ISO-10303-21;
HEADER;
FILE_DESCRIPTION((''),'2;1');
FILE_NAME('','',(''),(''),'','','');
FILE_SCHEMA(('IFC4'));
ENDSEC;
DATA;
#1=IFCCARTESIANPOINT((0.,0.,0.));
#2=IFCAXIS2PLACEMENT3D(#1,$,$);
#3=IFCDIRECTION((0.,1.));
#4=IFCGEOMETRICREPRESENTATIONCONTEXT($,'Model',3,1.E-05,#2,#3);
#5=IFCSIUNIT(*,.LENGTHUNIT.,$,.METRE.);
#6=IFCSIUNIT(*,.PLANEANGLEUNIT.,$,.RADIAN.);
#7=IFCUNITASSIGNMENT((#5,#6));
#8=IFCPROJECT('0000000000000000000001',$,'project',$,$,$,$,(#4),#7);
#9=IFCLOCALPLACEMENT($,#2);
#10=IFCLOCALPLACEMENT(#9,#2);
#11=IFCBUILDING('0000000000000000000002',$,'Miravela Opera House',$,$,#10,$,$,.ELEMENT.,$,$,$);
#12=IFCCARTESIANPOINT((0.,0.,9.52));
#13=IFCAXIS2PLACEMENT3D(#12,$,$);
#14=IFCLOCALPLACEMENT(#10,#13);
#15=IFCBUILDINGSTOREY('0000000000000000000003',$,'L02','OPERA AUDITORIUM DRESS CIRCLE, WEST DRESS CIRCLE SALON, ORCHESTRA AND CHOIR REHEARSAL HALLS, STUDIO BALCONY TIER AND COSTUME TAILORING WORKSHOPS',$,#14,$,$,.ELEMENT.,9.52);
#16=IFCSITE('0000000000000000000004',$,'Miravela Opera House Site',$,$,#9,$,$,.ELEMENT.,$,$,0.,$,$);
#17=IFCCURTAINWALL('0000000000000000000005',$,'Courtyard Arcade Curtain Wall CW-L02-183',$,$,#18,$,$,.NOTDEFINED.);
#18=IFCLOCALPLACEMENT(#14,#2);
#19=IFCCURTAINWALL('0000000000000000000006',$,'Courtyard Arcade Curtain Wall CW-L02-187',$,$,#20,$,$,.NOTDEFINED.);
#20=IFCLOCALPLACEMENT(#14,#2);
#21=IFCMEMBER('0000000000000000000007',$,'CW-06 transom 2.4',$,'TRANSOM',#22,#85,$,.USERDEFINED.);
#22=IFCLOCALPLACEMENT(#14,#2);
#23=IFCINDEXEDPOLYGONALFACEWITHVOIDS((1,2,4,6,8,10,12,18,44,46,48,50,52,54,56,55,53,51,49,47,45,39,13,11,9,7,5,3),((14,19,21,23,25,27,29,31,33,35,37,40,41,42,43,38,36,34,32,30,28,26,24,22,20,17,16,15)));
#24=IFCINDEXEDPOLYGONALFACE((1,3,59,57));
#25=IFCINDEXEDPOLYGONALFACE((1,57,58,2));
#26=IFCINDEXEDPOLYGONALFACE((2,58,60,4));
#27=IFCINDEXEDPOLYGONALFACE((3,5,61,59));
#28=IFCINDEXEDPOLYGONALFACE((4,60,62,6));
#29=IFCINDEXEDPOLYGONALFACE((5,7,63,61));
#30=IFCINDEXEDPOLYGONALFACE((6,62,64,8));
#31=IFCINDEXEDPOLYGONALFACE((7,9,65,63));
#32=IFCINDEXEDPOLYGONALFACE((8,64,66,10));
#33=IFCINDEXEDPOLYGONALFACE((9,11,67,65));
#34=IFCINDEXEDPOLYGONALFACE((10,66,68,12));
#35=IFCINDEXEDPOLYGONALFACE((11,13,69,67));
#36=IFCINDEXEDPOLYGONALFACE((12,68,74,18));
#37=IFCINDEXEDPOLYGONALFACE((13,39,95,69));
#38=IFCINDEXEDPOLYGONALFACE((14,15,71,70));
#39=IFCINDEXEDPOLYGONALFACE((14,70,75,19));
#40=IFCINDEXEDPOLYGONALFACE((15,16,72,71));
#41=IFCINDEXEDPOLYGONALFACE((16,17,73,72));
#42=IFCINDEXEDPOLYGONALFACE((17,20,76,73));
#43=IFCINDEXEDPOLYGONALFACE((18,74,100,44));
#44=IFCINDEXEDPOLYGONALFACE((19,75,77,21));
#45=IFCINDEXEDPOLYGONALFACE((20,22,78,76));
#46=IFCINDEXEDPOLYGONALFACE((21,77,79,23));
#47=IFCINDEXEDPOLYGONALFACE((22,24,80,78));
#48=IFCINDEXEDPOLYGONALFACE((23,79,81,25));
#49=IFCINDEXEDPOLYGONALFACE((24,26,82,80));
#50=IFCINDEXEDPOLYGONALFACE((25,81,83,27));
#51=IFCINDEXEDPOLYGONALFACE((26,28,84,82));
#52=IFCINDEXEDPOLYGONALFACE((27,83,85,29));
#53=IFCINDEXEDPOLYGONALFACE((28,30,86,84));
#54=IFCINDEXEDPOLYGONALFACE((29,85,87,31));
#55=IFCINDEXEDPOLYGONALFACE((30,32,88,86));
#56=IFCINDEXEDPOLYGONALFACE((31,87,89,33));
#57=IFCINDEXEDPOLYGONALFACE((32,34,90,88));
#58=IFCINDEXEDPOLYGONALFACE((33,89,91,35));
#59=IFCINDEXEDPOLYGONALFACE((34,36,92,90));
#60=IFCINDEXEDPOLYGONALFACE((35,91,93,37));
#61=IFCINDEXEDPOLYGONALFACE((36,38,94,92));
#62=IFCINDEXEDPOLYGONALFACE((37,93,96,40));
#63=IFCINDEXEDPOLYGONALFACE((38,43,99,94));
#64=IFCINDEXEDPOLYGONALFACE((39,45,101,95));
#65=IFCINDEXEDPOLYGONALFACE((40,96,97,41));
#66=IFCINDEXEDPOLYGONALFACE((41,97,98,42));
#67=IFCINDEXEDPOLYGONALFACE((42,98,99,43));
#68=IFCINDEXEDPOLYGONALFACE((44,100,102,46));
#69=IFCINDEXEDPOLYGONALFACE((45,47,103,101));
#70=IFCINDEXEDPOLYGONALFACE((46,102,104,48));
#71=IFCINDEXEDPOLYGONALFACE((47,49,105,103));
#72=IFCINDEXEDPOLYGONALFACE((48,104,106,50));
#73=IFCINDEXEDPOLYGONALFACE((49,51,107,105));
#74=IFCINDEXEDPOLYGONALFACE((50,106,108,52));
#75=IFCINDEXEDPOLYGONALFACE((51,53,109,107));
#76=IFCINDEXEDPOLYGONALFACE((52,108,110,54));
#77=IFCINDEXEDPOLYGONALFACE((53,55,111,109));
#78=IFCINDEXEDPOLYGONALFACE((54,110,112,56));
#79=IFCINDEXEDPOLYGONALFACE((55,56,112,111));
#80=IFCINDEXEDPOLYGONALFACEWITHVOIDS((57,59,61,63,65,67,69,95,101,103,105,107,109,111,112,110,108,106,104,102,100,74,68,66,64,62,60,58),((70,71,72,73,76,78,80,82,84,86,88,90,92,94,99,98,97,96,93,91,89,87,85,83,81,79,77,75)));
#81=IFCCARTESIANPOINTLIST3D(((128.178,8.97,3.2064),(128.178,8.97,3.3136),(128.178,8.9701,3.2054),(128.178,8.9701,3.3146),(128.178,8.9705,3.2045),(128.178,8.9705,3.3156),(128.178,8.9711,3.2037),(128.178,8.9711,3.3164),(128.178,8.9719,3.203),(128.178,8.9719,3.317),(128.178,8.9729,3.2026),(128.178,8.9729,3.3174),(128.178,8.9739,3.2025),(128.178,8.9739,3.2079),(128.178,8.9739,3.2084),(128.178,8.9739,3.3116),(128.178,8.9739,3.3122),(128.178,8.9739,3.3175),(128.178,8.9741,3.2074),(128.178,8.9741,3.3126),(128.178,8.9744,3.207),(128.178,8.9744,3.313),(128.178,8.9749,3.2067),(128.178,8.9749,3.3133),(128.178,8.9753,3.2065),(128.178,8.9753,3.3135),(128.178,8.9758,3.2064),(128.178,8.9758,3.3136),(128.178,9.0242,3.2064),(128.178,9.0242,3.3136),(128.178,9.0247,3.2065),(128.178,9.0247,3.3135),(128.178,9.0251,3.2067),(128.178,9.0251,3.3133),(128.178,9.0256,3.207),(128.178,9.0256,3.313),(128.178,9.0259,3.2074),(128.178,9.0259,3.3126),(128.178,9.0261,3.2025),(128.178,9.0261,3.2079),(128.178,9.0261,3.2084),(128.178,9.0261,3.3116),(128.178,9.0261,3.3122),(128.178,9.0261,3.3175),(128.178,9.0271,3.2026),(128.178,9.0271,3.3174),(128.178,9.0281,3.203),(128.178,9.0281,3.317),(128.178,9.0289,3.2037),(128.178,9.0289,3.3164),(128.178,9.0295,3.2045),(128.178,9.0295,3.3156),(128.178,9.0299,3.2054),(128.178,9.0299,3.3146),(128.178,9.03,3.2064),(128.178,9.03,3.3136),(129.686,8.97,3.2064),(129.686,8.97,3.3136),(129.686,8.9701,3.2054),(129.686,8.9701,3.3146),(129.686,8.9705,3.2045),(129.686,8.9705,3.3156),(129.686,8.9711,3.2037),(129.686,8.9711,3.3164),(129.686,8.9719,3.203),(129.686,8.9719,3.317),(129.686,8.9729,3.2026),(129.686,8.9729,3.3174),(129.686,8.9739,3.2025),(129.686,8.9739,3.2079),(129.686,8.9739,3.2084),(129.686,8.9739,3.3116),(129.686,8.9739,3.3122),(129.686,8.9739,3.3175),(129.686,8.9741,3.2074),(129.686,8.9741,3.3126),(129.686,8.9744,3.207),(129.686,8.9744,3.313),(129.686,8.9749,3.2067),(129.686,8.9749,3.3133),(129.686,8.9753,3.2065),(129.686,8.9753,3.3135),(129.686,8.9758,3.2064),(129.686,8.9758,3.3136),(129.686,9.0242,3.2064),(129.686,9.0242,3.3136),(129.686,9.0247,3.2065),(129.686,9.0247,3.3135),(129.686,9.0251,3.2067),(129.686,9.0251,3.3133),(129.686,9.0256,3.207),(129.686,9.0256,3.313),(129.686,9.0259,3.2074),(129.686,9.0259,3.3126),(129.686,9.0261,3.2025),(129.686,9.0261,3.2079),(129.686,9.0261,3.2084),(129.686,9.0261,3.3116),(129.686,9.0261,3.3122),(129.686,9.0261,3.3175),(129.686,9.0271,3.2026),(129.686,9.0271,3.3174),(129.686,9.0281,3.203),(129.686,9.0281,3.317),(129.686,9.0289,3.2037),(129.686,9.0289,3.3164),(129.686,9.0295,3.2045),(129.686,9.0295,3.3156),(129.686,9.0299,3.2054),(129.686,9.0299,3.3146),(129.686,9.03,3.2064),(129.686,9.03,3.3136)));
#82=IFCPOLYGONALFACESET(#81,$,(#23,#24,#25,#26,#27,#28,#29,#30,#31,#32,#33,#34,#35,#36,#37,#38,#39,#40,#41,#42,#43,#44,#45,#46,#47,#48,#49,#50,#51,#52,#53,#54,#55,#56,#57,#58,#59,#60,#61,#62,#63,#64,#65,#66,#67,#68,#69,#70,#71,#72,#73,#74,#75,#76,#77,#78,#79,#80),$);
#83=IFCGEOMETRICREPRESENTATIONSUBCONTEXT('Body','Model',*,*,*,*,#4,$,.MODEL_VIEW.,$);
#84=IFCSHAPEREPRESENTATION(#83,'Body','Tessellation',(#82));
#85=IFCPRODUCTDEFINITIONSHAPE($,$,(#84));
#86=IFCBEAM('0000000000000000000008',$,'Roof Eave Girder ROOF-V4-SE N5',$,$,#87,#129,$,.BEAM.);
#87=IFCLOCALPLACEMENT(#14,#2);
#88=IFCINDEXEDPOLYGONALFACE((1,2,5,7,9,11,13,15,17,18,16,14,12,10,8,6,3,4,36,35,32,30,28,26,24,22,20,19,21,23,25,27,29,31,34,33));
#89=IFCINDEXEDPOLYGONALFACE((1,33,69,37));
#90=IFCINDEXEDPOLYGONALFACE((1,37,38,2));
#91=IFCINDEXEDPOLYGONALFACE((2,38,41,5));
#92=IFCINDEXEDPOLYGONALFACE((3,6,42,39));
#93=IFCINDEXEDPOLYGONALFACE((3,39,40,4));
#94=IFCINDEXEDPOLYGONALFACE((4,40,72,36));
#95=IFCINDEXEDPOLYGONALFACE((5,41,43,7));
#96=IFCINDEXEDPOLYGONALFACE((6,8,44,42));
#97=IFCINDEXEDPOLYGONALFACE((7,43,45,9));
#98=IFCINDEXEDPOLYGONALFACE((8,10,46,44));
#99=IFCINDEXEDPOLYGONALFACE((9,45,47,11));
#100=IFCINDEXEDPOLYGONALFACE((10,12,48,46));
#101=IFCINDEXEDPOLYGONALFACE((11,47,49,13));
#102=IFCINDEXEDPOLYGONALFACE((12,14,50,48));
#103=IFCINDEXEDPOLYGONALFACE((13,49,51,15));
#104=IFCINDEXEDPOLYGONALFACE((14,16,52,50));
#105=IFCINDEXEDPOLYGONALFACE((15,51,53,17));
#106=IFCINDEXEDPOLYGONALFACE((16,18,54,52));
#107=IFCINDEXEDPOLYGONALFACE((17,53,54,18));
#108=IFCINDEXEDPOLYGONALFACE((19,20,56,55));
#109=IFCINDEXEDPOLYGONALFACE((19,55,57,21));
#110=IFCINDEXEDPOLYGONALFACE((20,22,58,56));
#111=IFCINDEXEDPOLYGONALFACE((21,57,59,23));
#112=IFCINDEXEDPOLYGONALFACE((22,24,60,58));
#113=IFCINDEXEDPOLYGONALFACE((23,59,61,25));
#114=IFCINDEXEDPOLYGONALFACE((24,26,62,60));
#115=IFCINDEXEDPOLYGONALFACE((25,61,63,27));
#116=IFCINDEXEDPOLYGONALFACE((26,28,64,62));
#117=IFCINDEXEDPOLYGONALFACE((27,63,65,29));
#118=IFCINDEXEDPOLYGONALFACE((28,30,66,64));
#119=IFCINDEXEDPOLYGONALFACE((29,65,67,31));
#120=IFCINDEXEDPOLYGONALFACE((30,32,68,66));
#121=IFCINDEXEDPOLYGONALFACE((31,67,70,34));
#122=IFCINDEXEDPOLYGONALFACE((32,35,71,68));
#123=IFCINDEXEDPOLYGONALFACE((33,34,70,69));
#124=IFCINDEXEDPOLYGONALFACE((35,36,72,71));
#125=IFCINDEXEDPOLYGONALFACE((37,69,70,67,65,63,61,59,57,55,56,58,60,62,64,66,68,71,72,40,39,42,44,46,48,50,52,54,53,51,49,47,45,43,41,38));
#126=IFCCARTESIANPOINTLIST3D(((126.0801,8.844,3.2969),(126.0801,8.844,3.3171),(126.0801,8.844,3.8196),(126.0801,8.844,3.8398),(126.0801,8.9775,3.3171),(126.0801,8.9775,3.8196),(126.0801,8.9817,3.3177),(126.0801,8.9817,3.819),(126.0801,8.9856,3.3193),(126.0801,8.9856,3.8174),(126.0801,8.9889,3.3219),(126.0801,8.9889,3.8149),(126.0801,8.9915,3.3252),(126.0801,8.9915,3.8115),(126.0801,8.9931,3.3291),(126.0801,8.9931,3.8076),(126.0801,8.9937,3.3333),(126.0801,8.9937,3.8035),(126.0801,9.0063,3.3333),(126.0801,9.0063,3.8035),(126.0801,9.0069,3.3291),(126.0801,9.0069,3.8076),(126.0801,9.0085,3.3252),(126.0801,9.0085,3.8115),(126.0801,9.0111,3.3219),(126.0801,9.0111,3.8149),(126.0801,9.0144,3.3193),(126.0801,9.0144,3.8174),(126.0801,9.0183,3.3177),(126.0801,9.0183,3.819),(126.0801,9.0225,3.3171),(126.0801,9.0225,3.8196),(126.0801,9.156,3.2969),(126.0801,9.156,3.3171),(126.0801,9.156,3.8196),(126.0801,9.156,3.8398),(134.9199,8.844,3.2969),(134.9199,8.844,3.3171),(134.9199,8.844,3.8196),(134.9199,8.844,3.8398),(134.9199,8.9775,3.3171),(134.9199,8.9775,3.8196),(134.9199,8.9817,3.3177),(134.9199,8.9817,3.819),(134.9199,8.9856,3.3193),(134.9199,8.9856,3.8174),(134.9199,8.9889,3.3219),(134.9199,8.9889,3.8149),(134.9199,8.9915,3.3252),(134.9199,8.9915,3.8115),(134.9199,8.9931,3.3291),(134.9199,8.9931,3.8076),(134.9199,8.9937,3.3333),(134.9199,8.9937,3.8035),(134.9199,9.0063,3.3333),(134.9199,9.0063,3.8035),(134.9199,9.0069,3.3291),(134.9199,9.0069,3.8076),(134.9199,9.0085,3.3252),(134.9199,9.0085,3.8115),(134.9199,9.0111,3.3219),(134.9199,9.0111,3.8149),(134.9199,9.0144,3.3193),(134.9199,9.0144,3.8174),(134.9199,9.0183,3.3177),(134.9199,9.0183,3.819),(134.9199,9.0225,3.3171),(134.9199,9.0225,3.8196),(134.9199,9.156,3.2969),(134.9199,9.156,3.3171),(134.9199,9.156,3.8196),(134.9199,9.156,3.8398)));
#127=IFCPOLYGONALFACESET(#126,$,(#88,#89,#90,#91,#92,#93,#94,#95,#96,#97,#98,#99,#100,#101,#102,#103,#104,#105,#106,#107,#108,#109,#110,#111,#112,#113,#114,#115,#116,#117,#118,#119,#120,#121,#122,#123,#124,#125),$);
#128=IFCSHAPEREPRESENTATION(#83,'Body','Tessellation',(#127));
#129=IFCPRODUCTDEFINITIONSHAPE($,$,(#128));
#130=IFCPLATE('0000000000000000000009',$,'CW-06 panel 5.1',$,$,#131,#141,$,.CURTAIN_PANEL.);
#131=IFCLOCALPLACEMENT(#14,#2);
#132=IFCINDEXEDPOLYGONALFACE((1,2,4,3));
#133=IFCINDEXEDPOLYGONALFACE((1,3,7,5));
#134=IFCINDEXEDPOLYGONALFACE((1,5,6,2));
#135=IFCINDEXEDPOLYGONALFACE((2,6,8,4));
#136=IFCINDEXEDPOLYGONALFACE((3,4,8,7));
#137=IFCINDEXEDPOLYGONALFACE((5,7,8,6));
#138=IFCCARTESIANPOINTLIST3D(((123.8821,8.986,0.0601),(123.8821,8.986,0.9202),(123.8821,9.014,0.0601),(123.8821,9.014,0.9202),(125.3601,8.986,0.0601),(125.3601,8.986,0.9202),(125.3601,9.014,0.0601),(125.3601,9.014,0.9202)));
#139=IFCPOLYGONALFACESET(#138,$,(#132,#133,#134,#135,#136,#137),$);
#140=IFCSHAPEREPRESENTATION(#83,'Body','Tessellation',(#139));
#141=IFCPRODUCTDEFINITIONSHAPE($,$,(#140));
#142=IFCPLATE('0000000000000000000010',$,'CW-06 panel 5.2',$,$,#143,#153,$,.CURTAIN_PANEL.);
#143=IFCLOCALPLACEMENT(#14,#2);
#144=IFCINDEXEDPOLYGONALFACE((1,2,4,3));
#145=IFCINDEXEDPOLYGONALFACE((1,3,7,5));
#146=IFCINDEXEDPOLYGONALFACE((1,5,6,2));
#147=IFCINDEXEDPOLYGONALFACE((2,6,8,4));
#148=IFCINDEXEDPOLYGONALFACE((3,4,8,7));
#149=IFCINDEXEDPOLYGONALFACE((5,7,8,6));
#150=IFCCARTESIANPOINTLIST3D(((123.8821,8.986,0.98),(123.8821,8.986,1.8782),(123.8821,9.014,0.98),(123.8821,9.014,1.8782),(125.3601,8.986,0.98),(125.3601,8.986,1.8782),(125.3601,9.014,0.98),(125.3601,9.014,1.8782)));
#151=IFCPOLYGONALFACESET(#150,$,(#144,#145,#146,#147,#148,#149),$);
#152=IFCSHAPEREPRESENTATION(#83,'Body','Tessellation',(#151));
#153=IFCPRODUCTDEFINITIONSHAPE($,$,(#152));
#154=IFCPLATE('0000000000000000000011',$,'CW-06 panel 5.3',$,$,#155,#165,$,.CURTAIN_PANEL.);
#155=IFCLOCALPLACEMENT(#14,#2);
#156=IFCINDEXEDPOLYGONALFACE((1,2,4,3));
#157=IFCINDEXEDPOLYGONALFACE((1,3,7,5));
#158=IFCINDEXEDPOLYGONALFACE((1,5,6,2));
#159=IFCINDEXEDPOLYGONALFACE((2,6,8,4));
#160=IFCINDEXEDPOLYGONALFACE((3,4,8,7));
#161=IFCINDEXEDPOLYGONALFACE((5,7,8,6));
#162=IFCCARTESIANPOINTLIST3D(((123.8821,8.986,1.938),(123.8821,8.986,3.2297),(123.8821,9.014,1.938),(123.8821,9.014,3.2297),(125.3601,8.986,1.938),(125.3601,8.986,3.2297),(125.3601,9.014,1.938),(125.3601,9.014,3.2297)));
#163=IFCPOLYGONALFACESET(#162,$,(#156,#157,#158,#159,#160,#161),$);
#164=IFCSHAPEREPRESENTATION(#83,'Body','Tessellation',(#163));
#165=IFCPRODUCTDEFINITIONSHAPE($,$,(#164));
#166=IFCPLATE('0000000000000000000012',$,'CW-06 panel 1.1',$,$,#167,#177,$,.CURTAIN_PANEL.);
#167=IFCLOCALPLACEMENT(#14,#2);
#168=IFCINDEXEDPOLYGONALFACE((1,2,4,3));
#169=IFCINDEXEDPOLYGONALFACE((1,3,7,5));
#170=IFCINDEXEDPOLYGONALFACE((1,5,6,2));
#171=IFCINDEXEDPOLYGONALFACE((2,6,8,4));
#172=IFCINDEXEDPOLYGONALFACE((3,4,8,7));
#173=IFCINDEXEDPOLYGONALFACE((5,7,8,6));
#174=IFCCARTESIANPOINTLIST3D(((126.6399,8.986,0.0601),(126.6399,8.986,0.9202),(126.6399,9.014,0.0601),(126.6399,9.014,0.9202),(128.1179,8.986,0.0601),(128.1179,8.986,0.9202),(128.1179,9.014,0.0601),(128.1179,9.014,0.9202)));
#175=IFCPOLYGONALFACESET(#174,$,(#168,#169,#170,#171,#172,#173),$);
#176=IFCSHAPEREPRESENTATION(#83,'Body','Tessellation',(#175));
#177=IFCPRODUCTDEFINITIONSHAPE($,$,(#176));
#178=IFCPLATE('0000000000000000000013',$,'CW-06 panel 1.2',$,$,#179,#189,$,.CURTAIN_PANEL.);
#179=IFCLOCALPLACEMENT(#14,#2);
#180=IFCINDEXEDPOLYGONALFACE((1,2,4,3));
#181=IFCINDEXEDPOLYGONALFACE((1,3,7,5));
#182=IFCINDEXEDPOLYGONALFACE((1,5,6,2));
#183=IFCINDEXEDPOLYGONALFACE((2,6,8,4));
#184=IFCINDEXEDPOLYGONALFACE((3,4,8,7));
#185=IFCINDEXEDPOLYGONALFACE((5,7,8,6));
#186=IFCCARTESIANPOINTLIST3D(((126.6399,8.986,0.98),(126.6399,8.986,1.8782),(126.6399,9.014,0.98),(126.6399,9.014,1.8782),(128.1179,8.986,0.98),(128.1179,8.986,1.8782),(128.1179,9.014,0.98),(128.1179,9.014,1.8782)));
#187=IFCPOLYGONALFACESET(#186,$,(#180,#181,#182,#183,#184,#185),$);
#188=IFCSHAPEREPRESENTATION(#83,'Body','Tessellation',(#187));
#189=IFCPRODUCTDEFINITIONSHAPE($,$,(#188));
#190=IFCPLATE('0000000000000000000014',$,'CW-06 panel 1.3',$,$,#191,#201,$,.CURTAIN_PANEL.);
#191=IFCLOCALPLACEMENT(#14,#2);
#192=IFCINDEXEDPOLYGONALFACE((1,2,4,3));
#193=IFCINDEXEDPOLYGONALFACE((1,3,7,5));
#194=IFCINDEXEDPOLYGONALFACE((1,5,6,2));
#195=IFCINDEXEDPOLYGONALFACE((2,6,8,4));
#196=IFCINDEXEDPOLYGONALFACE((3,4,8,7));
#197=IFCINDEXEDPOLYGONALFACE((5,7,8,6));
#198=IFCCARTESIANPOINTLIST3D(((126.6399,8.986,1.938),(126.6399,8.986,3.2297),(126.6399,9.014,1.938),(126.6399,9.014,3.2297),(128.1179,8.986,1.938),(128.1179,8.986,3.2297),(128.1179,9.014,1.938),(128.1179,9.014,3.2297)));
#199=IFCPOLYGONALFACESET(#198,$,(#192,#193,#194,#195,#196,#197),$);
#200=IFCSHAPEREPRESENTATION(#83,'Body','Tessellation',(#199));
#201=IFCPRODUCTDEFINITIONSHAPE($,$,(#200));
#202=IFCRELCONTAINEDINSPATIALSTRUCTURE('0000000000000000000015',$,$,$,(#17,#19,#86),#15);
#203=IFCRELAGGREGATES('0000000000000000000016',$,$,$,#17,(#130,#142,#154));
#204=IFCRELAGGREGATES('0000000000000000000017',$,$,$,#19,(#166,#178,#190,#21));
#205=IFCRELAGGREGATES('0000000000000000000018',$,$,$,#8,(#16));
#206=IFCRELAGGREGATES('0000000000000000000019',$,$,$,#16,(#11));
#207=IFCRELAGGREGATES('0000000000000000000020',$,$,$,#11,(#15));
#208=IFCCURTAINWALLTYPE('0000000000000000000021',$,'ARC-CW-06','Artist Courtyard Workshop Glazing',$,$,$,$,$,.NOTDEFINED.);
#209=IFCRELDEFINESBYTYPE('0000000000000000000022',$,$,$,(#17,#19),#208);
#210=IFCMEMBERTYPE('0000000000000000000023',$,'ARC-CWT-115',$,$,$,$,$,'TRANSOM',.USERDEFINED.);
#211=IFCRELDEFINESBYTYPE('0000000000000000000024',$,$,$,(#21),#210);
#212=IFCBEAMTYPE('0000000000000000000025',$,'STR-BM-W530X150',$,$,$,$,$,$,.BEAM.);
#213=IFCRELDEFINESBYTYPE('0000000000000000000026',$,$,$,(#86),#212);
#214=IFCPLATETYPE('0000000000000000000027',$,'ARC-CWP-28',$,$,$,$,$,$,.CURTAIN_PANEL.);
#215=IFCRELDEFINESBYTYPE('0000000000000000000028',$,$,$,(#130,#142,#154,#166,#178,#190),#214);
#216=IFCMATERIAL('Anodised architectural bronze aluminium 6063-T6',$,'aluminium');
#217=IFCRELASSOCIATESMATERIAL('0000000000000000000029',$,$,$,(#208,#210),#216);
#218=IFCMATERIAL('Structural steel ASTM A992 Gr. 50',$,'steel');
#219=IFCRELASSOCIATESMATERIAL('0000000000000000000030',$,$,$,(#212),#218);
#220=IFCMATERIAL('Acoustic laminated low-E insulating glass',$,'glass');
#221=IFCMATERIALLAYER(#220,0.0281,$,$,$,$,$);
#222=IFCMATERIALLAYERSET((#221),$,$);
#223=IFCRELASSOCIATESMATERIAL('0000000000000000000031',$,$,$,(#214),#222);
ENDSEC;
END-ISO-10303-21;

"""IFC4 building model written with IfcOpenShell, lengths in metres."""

from ifc_helpers import new_model, si_unit, direction, frame, origin, origin_2d, place, context, subcontext, project, spatial, rectangle, hollow_rectangle, i_section, extrude, material, layer, layer_set, material_profile, profile_set, type_object, element, aggregate, save


model = new_model("IFC4")

# Units and contexts
model_context = context("Model", 3, precision=1e-05, world=origin(), true_north=direction((0.0, 1.0)))
body_context = subcontext(model_context, "Body", "Model", "MODEL_VIEW")
ifc_project = project(units=[si_unit("LENGTHUNIT", "METRE"), si_unit("PLANEANGLEUNIT", "RADIAN")], contexts=[model_context])

# Site, building, storey
site_placement = place(None, origin())
site = spatial("IfcSite", under=ifc_project, at=site_placement, Name="Miravela Opera House Site", CompositionType="ELEMENT", RefElevation=0.0)
building_placement = place(site_placement, origin())
building = spatial("IfcBuilding", under=site, at=building_placement, Name="Miravela Opera House", CompositionType="ELEMENT")
storey_placement = place(building_placement, frame((0.0, 0.0, 9.52)))
storey = spatial("IfcBuildingStorey", under=building, at=storey_placement, Name="L02", Description="OPERA AUDITORIUM DRESS CIRCLE, WEST DRESS CIRCLE SALON, ORCHESTRA AND CHOIR REHEARSAL HALLS, STUDIO BALCONY TIER AND COSTUME TAILORING WORKSHOPS", CompositionType="ELEMENT", Elevation=9.52)

# Curtain wall
ifc_material_1 = material(Name="Anodised architectural bronze aluminium 6063-T6", Category="aluminium")
curtain_wall_type = type_object("IfcCurtainWallType", Name="ARC-CW-06", Description="Artist Courtyard Workshop Glazing", PredefinedType="NOTDEFINED", material=ifc_material_1)
curtain_wall_1_placement = place(storey_placement, origin())
curtain_wall_1 = element("IfcCurtainWall", 1, at=curtain_wall_1_placement, inside=storey, type_object=curtain_wall_type, Name="Courtyard Arcade Curtain Wall CW-L02-183", PredefinedType="NOTDEFINED")

# Curtain wall
curtain_wall_2_placement = place(storey_placement, origin())
curtain_wall_2 = element("IfcCurtainWall", 2, at=curtain_wall_2_placement, inside=storey, type_object=curtain_wall_type, Name="Courtyard Arcade Curtain Wall CW-L02-187", PredefinedType="NOTDEFINED")

# Member
ifc_material_profile_1 = material_profile(ifc_material_1, hollow_rectangle(XDim=0.0601, YDim=0.115, WallThickness=0.0039, InnerFilletRadius=0.002, OuterFilletRadius=0.0039, at=origin_2d()), Name="CWT-60X115")
ifc_profile_set_1 = profile_set([ifc_material_profile_1])
member_type_1 = type_object("IfcMemberType", Name="ARC-CWT-115", ElementType="TRANSOM", PredefinedType="USERDEFINED", material=ifc_profile_set_1)
member_1_placement = place(storey_placement, frame((128.178, 9.0, 3.26), z_axis=(1.0, 0.0, 0.0), x_axis=(0.0, 1.0, 0.0)))
member_1 = element("IfcMember", 3, at=member_1_placement, type_object=member_type_1, Name="CW-06 transom 2.4", ObjectType="TRANSOM", PredefinedType="USERDEFINED", context=body_context, shape_type="SweptSolid", body=[
    extrude(hollow_rectangle(XDim=0.0601, YDim=0.115, WallThickness=0.0039, InnerFilletRadius=0.002, OuterFilletRadius=0.0039, at=origin_2d()), origin(), (0.0, 0.0, 1.0), 1.5081),
])

# Beam
ifc_material_2 = material(Name="Structural steel ASTM A992 Gr. 50", Category="steel")
ifc_material_profile_2 = material_profile(ifc_material_2, i_section(OverallWidth=0.312, OverallDepth=0.543, WebThickness=0.0127, FlangeThickness=0.0203, FilletRadius=0.0161, at=origin_2d()), Name="W530X150")
ifc_profile_set_2 = profile_set([ifc_material_profile_2])
beam_type = type_object("IfcBeamType", Name="STR-BM-W530X150", PredefinedType="BEAM", material=ifc_profile_set_2)
beam_placement = place(storey_placement, frame((126.0801, 9.0, 3.5684), z_axis=(1.0, 0.0, 0.0), x_axis=(0.0, 1.0, 0.0)))
element("IfcBeam", 4, at=beam_placement, inside=storey, type_object=beam_type, Name="Roof Eave Girder ROOF-V4-SE N5", PredefinedType="BEAM", context=body_context, shape_type="SweptSolid", body=[
    extrude(i_section(OverallWidth=0.312, OverallDepth=0.543, WebThickness=0.0127, FlangeThickness=0.0203, FilletRadius=0.0161, at=origin_2d()), origin(), (0.0, 0.0, 1.0), 8.8398),
])

# Plates
ifc_material_3 = material(Name="Acoustic laminated low-E insulating glass", Category="glass")
ifc_layer = layer(ifc_material_3, 0.0281)
ifc_layer_set = layer_set([ifc_layer])
plate_type = type_object("IfcPlateType", Name="ARC-CWP-28", PredefinedType="CURTAIN_PANEL", material=ifc_layer_set)
plate_1_placement = place(storey_placement, frame((124.6211, 9.0, 0.0601), z_axis=(0.0, 0.0, 1.0), x_axis=(1.0, 0.0, 0.0)))
plate_1 = element("IfcPlate", 5, at=plate_1_placement, type_object=plate_type, Name="CW-06 panel 5.1", PredefinedType="CURTAIN_PANEL", context=body_context, shape_type="SweptSolid", body=[
    extrude(rectangle(XDim=1.478, YDim=0.0281, at=origin_2d()), origin(), (0.0, 0.0, 1.0), 0.8601),
])
plate_2_placement = place(storey_placement, frame((124.6211, 9.0, 0.98), z_axis=(0.0, 0.0, 1.0), x_axis=(1.0, 0.0, 0.0)))
plate_2 = element("IfcPlate", 6, at=plate_2_placement, type_object=plate_type, Name="CW-06 panel 5.2", PredefinedType="CURTAIN_PANEL", context=body_context, shape_type="SweptSolid", body=[
    extrude(rectangle(XDim=1.478, YDim=0.0281, at=origin_2d()), origin(), (0.0, 0.0, 1.0), 0.8982),
])
plate_3_placement = place(storey_placement, frame((124.6211, 9.0, 1.938), z_axis=(0.0, 0.0, 1.0), x_axis=(1.0, 0.0, 0.0)))
plate_3 = element("IfcPlate", 7, at=plate_3_placement, type_object=plate_type, Name="CW-06 panel 5.3", PredefinedType="CURTAIN_PANEL", context=body_context, shape_type="SweptSolid", body=[
    extrude(rectangle(XDim=1.478, YDim=0.0281, at=origin_2d()), origin(), (0.0, 0.0, 1.0), 1.2917),
])
aggregate(curtain_wall_1, [plate_1, plate_2, plate_3])
plate_4_placement = place(storey_placement, frame((127.3789, 9.0, 0.0601), z_axis=(0.0, 0.0, 1.0), x_axis=(1.0, 0.0, 0.0)))
plate_4 = element("IfcPlate", 8, at=plate_4_placement, type_object=plate_type, Name="CW-06 panel 1.1", PredefinedType="CURTAIN_PANEL", context=body_context, shape_type="SweptSolid", body=[
    extrude(rectangle(XDim=1.478, YDim=0.0281, at=origin_2d()), origin(), (0.0, 0.0, 1.0), 0.8601),
])
plate_5_placement = place(storey_placement, frame((127.3789, 9.0, 0.98), z_axis=(0.0, 0.0, 1.0), x_axis=(1.0, 0.0, 0.0)))
plate_5 = element("IfcPlate", 9, at=plate_5_placement, type_object=plate_type, Name="CW-06 panel 1.2", PredefinedType="CURTAIN_PANEL", context=body_context, shape_type="SweptSolid", body=[
    extrude(rectangle(XDim=1.478, YDim=0.0281, at=origin_2d()), origin(), (0.0, 0.0, 1.0), 0.8982),
])
plate_6_placement = place(storey_placement, frame((127.3789, 9.0, 1.938), z_axis=(0.0, 0.0, 1.0), x_axis=(1.0, 0.0, 0.0)))
plate_6 = element("IfcPlate", 10, at=plate_6_placement, type_object=plate_type, Name="CW-06 panel 1.3", PredefinedType="CURTAIN_PANEL", context=body_context, shape_type="SweptSolid", body=[
    extrude(rectangle(XDim=1.478, YDim=0.0281, at=origin_2d()), origin(), (0.0, 0.0, 1.0), 1.2917),
])
aggregate(curtain_wall_2, [plate_4, plate_5, plate_6, member_1])

save(model, "model.ifc")
